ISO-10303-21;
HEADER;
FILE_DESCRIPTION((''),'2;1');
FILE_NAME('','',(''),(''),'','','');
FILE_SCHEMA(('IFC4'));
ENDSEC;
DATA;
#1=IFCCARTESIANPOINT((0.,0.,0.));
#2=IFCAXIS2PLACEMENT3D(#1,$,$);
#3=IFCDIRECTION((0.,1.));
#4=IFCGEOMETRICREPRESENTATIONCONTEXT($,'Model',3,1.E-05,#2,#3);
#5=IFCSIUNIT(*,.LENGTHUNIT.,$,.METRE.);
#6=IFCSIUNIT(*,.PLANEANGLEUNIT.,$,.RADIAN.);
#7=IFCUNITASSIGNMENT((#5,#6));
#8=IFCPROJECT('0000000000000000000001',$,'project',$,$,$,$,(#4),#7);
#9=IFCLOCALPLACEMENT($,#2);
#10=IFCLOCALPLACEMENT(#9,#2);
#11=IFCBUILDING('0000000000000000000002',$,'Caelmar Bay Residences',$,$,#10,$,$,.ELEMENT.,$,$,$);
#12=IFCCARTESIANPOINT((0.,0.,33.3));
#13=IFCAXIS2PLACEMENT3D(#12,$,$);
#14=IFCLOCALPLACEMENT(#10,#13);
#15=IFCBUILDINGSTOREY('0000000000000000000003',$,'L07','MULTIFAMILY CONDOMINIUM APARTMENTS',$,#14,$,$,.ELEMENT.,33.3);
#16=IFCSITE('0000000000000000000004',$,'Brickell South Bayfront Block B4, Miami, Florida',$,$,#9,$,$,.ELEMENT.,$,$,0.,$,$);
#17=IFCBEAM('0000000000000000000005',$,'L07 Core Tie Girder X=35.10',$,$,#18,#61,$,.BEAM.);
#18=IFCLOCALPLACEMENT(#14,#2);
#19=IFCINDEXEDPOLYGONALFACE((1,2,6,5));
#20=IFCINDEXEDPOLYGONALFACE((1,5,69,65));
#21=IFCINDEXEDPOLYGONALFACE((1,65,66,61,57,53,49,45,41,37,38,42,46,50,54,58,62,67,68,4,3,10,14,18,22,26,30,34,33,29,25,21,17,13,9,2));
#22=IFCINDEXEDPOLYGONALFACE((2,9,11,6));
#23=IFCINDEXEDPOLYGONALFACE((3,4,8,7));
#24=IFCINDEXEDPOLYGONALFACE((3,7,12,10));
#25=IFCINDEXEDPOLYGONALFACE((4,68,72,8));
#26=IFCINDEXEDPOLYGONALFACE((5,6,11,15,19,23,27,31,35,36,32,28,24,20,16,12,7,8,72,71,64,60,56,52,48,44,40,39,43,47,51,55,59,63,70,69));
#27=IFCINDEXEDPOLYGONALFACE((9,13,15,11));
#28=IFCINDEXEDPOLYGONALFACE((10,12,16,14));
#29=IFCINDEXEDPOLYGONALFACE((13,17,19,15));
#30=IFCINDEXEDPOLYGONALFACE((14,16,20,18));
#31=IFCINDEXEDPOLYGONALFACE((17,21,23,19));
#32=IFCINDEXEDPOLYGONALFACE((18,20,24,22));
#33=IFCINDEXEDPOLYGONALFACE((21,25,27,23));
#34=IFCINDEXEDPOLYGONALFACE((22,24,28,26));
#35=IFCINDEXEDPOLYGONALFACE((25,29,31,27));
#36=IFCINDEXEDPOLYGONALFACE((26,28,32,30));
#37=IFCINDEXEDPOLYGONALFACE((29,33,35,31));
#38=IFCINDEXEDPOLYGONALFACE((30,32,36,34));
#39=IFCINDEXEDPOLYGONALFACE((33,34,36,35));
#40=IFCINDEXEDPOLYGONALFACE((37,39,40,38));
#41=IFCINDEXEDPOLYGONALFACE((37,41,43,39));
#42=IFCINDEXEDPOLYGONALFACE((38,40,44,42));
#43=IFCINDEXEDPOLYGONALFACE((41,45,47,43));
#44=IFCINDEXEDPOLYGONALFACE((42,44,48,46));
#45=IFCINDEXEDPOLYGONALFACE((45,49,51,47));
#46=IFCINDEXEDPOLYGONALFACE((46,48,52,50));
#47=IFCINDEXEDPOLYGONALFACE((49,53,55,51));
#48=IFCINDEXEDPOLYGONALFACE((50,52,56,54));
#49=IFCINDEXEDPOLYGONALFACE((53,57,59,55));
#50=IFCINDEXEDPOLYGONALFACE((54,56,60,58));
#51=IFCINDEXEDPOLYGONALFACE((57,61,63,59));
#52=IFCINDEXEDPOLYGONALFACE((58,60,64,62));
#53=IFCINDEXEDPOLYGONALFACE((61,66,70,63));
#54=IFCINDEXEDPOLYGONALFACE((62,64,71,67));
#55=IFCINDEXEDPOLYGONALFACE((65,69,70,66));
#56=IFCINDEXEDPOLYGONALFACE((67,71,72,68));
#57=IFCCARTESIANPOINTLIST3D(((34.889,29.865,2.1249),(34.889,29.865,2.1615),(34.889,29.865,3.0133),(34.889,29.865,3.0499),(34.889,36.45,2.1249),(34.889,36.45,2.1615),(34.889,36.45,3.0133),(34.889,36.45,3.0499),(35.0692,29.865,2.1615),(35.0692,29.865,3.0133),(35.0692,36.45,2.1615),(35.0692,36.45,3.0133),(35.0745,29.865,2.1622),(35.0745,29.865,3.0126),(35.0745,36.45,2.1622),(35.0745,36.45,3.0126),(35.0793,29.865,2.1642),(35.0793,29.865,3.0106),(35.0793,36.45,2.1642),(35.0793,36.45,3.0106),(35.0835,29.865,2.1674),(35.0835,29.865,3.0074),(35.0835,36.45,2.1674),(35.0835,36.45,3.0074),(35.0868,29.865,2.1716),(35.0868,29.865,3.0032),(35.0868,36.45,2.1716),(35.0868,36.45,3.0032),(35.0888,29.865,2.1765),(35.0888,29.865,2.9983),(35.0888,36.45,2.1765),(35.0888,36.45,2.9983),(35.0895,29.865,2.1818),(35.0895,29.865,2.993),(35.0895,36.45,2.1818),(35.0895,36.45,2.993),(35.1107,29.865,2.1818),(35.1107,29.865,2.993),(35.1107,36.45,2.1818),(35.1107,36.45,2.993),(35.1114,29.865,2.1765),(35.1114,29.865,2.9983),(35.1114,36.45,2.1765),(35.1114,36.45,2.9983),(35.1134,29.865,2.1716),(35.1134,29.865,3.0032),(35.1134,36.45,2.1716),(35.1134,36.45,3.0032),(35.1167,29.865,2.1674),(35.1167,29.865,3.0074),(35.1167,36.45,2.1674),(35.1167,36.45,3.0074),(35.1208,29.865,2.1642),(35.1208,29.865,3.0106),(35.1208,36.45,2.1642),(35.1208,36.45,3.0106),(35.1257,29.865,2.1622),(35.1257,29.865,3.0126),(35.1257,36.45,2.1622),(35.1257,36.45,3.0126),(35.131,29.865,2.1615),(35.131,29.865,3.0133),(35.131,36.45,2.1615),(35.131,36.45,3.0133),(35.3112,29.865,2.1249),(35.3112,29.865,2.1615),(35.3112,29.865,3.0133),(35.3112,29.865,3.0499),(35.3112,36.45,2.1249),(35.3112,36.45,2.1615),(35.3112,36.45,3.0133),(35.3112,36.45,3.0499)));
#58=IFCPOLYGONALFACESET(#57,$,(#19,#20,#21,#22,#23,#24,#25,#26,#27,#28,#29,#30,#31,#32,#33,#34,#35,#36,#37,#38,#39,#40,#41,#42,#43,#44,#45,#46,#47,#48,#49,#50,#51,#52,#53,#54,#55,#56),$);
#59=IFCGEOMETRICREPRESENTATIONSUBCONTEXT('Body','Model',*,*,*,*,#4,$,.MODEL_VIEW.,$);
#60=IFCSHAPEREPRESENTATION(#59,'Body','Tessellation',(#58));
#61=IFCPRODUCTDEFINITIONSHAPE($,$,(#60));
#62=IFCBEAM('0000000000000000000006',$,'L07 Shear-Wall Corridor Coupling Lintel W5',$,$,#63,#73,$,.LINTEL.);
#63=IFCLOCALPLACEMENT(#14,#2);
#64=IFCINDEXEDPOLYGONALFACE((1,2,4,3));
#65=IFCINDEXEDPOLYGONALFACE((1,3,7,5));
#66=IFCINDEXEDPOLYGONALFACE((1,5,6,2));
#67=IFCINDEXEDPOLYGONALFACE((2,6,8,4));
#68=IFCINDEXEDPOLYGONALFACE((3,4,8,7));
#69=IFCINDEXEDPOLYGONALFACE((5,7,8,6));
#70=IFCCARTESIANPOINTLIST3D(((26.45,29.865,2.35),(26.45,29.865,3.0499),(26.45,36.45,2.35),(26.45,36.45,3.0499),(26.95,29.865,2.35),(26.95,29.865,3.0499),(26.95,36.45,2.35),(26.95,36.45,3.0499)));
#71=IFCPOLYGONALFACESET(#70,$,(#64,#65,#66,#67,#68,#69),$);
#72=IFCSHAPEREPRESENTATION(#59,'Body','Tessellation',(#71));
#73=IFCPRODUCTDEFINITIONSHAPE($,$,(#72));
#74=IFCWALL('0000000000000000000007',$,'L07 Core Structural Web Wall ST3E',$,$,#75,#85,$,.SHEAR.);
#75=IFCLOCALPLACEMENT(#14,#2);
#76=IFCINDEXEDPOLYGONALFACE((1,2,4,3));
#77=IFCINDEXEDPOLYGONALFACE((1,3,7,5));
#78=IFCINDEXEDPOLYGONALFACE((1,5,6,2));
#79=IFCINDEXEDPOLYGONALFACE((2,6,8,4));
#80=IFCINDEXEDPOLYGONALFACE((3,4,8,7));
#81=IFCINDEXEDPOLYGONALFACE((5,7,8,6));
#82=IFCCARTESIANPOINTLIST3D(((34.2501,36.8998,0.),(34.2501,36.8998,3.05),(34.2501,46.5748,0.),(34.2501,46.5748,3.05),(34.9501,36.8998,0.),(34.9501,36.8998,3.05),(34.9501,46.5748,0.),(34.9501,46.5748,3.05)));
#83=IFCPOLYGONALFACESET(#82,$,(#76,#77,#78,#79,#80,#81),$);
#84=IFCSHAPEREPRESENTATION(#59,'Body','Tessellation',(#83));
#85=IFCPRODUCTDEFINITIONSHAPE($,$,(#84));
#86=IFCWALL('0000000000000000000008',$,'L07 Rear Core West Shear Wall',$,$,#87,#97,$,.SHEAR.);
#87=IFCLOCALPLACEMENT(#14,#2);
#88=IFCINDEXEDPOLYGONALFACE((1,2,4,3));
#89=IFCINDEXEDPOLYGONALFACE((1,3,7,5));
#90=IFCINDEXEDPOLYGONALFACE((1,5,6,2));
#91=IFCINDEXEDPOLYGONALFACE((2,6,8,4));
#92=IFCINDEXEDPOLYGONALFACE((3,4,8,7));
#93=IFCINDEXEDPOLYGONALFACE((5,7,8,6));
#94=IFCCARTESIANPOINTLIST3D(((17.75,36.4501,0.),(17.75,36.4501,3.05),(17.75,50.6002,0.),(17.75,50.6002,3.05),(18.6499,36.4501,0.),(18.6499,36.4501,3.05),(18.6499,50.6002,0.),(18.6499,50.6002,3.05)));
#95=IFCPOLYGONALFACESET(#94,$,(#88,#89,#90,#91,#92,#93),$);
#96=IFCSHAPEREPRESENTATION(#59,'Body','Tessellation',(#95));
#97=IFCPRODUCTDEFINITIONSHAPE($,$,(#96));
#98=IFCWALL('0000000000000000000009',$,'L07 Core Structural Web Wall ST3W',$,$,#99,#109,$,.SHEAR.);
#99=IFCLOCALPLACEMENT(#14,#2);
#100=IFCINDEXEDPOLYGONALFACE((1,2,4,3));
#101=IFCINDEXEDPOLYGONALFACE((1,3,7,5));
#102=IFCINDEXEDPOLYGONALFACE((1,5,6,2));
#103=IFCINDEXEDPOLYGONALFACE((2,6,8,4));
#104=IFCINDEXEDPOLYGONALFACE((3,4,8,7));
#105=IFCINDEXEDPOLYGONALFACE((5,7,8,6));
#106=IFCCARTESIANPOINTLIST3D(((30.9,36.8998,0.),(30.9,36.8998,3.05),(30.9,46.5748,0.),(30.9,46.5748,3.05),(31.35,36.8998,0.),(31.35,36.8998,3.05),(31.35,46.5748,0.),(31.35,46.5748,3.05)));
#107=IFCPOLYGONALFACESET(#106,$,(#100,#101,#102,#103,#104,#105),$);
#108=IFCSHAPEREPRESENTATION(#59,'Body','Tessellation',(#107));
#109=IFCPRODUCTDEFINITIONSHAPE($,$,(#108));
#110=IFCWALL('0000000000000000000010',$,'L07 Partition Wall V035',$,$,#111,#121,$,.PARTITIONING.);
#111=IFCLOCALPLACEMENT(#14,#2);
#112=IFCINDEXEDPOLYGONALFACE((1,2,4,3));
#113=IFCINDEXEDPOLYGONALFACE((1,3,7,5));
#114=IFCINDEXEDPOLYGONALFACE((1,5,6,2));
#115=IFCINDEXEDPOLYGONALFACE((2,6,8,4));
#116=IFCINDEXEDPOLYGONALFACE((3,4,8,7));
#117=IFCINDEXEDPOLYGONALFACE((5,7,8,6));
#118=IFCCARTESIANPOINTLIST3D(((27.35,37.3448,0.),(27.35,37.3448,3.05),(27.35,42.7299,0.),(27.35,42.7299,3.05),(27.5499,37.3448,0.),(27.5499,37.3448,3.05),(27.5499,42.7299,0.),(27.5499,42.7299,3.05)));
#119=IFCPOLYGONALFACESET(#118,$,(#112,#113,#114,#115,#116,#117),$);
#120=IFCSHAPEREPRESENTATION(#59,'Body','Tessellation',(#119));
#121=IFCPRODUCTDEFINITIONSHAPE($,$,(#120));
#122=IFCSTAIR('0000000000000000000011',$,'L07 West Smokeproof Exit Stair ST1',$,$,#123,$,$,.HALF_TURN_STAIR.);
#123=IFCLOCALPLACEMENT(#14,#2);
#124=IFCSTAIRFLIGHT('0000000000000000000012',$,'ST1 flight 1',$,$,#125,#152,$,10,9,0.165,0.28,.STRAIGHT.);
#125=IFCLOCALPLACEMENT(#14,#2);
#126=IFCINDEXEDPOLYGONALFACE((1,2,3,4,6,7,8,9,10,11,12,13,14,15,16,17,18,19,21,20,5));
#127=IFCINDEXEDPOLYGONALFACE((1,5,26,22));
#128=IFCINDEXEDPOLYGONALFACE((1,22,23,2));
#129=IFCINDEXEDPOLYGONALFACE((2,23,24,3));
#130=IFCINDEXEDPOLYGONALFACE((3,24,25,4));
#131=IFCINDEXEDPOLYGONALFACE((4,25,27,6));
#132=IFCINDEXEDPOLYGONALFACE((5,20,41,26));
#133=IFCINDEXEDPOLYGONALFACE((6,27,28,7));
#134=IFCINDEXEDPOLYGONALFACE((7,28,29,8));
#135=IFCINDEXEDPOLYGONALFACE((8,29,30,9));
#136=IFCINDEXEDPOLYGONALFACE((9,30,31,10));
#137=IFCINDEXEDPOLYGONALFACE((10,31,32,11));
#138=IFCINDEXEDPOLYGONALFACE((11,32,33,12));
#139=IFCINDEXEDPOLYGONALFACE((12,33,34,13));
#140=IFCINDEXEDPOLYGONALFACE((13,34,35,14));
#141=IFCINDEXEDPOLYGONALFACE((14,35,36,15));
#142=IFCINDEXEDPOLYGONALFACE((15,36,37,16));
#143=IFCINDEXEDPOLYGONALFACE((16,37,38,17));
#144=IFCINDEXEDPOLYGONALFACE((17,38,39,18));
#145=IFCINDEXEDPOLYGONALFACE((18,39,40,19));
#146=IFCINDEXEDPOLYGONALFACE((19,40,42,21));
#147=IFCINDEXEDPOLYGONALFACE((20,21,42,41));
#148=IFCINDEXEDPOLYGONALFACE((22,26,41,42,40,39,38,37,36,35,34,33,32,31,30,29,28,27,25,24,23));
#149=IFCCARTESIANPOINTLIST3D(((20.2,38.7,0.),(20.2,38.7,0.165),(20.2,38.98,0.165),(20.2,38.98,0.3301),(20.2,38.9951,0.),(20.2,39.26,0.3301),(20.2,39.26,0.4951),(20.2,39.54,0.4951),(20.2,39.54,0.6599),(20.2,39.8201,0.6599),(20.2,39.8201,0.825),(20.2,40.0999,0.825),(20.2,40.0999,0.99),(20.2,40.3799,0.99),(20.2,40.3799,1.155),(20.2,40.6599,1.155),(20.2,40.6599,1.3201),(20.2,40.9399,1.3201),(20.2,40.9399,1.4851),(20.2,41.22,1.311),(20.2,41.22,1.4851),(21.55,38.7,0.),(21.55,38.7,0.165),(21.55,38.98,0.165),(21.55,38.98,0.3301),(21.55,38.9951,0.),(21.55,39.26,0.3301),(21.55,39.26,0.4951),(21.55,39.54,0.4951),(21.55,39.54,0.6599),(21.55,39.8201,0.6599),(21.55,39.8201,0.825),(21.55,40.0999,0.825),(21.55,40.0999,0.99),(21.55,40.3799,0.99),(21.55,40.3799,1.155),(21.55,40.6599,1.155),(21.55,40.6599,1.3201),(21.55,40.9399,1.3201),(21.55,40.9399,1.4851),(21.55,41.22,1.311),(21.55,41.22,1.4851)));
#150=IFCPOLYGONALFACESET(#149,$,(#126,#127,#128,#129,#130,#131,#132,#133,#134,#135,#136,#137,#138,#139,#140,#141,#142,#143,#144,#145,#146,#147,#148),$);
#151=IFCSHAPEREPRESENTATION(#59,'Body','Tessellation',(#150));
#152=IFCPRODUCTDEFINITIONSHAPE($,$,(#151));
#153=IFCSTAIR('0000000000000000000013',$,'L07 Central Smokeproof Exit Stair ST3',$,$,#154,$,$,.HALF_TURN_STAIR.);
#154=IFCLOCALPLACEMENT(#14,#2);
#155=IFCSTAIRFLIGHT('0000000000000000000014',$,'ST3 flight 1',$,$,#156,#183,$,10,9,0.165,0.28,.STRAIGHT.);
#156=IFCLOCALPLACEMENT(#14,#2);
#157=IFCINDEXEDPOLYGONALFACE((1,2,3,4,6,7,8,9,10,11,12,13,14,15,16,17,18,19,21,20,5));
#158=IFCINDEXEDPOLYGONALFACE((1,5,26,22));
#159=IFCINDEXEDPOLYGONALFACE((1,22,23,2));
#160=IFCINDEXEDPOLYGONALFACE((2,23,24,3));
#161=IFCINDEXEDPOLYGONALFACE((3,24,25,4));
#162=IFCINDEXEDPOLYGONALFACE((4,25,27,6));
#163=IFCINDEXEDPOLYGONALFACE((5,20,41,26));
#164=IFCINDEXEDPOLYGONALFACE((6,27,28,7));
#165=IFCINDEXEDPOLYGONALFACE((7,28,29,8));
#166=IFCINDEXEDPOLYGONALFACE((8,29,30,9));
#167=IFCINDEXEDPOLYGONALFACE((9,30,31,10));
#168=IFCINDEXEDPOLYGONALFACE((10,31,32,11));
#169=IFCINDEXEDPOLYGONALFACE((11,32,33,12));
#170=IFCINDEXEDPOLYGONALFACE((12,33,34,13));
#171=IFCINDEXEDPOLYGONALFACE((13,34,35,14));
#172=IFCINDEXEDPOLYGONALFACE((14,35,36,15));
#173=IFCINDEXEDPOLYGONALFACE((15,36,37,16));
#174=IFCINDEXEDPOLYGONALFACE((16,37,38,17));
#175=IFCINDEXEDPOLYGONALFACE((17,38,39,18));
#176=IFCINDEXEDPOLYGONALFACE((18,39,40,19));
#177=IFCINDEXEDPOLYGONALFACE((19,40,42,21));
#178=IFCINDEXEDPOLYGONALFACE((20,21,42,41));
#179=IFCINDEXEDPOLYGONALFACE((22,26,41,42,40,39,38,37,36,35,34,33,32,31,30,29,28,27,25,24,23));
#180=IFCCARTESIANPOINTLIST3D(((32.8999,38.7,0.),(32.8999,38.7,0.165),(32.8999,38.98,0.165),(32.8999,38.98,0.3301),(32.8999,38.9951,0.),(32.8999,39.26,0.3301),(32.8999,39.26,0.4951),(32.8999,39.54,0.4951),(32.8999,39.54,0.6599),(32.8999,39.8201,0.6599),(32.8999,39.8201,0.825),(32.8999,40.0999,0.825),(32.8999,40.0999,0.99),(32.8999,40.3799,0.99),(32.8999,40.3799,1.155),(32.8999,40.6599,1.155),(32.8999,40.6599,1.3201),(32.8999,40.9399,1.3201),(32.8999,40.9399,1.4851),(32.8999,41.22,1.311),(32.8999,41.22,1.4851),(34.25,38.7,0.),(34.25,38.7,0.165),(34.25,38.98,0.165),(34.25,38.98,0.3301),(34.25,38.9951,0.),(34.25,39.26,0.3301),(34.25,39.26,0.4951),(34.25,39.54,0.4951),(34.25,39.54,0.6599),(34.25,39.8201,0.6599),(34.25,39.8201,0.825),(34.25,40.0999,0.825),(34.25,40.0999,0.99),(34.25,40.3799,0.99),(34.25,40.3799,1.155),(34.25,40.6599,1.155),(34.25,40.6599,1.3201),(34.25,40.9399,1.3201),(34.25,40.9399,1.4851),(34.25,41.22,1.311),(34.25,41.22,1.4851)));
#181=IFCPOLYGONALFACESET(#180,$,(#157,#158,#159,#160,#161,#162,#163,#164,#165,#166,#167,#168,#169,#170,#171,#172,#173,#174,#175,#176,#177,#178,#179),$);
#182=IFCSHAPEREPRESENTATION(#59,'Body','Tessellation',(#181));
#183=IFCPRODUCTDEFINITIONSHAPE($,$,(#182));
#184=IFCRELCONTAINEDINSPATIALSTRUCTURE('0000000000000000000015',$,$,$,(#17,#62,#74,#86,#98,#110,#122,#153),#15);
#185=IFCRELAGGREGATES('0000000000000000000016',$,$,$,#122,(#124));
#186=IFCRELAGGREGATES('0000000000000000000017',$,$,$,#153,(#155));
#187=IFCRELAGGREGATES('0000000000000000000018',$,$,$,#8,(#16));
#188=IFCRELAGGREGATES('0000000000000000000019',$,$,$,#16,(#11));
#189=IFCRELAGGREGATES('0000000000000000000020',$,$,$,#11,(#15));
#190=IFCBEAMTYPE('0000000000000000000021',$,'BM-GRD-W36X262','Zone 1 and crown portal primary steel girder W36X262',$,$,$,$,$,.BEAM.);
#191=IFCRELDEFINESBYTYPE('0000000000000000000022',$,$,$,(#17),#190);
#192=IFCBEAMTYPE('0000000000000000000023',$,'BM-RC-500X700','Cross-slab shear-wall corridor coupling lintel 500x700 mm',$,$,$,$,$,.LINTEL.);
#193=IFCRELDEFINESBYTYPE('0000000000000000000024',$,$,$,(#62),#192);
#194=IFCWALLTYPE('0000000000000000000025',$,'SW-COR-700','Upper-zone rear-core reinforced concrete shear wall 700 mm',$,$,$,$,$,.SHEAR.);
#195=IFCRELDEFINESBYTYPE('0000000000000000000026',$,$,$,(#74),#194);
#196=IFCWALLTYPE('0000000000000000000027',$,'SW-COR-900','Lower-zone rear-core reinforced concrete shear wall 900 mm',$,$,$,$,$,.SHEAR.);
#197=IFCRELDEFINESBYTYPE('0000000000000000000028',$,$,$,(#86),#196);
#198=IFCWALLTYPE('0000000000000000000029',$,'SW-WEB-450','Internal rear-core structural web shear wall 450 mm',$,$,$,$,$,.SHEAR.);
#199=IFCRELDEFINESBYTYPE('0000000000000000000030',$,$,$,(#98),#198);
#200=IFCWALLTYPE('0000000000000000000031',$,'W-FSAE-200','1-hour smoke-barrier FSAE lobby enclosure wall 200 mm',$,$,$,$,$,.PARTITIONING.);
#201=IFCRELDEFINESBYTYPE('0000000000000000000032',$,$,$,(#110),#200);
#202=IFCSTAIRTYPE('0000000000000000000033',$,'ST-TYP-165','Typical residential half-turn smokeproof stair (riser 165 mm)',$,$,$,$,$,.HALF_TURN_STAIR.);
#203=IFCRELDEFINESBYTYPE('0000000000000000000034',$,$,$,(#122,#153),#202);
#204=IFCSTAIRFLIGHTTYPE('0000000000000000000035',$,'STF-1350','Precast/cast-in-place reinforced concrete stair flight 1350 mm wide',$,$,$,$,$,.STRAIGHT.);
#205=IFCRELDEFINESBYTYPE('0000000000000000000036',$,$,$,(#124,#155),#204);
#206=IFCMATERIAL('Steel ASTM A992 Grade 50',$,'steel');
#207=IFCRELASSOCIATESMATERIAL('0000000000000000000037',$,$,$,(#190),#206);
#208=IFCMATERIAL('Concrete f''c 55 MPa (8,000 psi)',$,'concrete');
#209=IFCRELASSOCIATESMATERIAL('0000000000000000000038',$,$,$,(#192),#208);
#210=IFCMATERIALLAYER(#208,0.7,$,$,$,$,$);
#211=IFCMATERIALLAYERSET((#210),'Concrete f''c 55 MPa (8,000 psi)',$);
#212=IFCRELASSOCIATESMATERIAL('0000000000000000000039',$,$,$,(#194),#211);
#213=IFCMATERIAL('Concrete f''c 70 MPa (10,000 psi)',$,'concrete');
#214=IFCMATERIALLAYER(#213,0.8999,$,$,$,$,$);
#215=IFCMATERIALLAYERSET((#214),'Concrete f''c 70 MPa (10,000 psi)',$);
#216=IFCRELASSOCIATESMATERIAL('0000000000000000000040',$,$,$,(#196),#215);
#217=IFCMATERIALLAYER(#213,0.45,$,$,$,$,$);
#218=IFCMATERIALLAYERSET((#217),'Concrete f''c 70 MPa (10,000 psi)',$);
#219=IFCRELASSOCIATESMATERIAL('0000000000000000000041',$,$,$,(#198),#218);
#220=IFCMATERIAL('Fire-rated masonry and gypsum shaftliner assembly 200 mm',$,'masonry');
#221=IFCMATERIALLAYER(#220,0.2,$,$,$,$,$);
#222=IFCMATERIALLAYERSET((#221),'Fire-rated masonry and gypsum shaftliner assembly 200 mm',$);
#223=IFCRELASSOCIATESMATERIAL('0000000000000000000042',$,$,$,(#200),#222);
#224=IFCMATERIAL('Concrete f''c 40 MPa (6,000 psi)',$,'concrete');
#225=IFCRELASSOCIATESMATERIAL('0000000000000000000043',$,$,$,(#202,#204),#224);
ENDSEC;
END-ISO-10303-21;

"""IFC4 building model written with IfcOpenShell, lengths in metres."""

from ifc_helpers import new_model, si_unit, direction, frame, frame_2d, origin, origin_2d, place, context, subcontext, project, spatial, polyline, rectangle, i_section, outline, extrude, material, layer, layer_set, material_profile, profile_set, type_object, element, aggregate, save


model = new_model("IFC4")

# Units and contexts
model_context = context("Model", 3, precision=1e-05, world=origin(), true_north=direction((0.0, 1.0)))
body_context = subcontext(model_context, "Body", "Model", "MODEL_VIEW")
ifc_project = project(units=[si_unit("LENGTHUNIT", "METRE"), si_unit("PLANEANGLEUNIT", "RADIAN")], contexts=[model_context])

# Site, building, storey
site_placement = place(None, origin())
site = spatial("IfcSite", under=ifc_project, at=site_placement, Name="Brickell South Bayfront Block B4, Miami, Florida", CompositionType="ELEMENT", RefElevation=0.0)
building_placement = place(site_placement, origin())
building = spatial("IfcBuilding", under=site, at=building_placement, Name="Caelmar Bay Residences", CompositionType="ELEMENT")
storey_placement = place(building_placement, frame((0.0, 0.0, 33.3)))
storey = spatial("IfcBuildingStorey", under=building, at=storey_placement, Name="L07", Description="MULTIFAMILY CONDOMINIUM APARTMENTS", CompositionType="ELEMENT", Elevation=33.3)

# Beams
ifc_material_1 = material(Name="Steel ASTM A992 Grade 50", Category="steel")
ifc_material_profile_1 = material_profile(ifc_material_1, i_section(OverallWidth=0.4221, OverallDepth=0.925, WebThickness=0.0212, FlangeThickness=0.0366, FilletRadius=0.0203, at=origin_2d()), Name="W36X262")
ifc_profile_set_1 = profile_set([ifc_material_profile_1], Name="Steel ASTM A992 Grade 50")
beam_type_1 = type_object("IfcBeamType", Name="BM-GRD-W36X262", Description="Zone 1 and crown portal primary steel girder W36X262", PredefinedType="BEAM", material=ifc_profile_set_1)
beam_1_placement = place(storey_placement, frame((35.1001, 29.865, 2.5874), z_axis=(0.0, 1.0, 0.0), x_axis=(-1.0, 0.0, 0.0)))
element("IfcBeam", 1, at=beam_1_placement, inside=storey, type_object=beam_type_1, Name="L07 Core Tie Girder X=35.10", PredefinedType="BEAM", context=body_context, shape_type="SweptSolid", body=[
    extrude(i_section(OverallWidth=0.4221, OverallDepth=0.925, WebThickness=0.0212, FlangeThickness=0.0366, FilletRadius=0.0203, at=origin_2d()), origin(), (0.0, 0.0, 1.0), 6.585),
])
ifc_material_2 = material(Name="Concrete f'c 55 MPa (8,000 psi)", Category="concrete")
ifc_material_profile_2 = material_profile(ifc_material_2, rectangle(XDim=0.5, YDim=0.7, at=origin_2d()), Name="RC-BM-500X700")
ifc_profile_set_2 = profile_set([ifc_material_profile_2], Name="Concrete f'c 55 MPa (8,000 psi)")
beam_type_2 = type_object("IfcBeamType", Name="BM-RC-500X700", Description="Cross-slab shear-wall corridor coupling lintel 500x700 mm", PredefinedType="LINTEL", material=ifc_profile_set_2)
beam_2_placement = place(storey_placement, frame((26.7, 29.865, 2.7), z_axis=(0.0, 1.0, 0.0), x_axis=(-1.0, 0.0, 0.0)))
element("IfcBeam", 2, at=beam_2_placement, inside=storey, type_object=beam_type_2, Name="L07 Shear-Wall Corridor Coupling Lintel W5", PredefinedType="LINTEL", context=body_context, shape_type="SweptSolid", body=[
    extrude(rectangle(XDim=0.5, YDim=0.7, at=origin_2d()), origin(), (0.0, 0.0, 1.0), 6.585),
])

# Shared definitions
ifc_layer_1 = layer(ifc_material_2, 0.7)
ifc_layer_set_1 = layer_set([ifc_layer_1], Name="Concrete f'c 55 MPa (8,000 psi)")
wall_type_1 = type_object("IfcWallType", Name="SW-COR-700", Description="Upper-zone rear-core reinforced concrete shear wall 700 mm", PredefinedType="SHEAR", material=ifc_layer_set_1)

# Walls
wall_1_placement = place(storey_placement, frame((34.6001, 36.8999, 0.0), z_axis=(0.0, 0.0, 1.0), x_axis=(0.0, 1.0, 0.0)))
element("IfcWall", 3, at=wall_1_placement, inside=storey, type_object=wall_type_1, Name="L07 Core Structural Web Wall ST3E", PredefinedType="SHEAR", context=body_context, shape_type="SweptSolid", body=[
    extrude(rectangle(XDim=9.675, YDim=0.7, at=frame_2d((4.8374, 0.0))), origin(), (0.0, 0.0, 1.0), 3.05),
])
ifc_material_3 = material(Name="Concrete f'c 70 MPa (10,000 psi)", Category="concrete")
ifc_layer_2 = layer(ifc_material_3, 0.8999)
ifc_layer_set_2 = layer_set([ifc_layer_2], Name="Concrete f'c 70 MPa (10,000 psi)")
wall_type_2 = type_object("IfcWallType", Name="SW-COR-900", Description="Lower-zone rear-core reinforced concrete shear wall 900 mm", PredefinedType="SHEAR", material=ifc_layer_set_2)
wall_2_placement = place(storey_placement, frame((18.2, 36.45, 0.0), z_axis=(0.0, 0.0, 1.0), x_axis=(0.0, 1.0, 0.0)))
element("IfcWall", 4, at=wall_2_placement, inside=storey, type_object=wall_type_2, Name="L07 Rear Core West Shear Wall", PredefinedType="SHEAR", context=body_context, shape_type="SweptSolid", body=[
    extrude(rectangle(XDim=14.1501, YDim=0.8999, at=frame_2d((7.0752, 0.0))), origin(), (0.0, 0.0, 1.0), 3.05),
])
ifc_layer_3 = layer(ifc_material_3, 0.45)
ifc_layer_set_3 = layer_set([ifc_layer_3], Name="Concrete f'c 70 MPa (10,000 psi)")
wall_type_3 = type_object("IfcWallType", Name="SW-WEB-450", Description="Internal rear-core structural web shear wall 450 mm", PredefinedType="SHEAR", material=ifc_layer_set_3)
wall_3_placement = place(storey_placement, frame((31.125, 36.8999, 0.0), z_axis=(0.0, 0.0, 1.0), x_axis=(0.0, 1.0, 0.0)))
element("IfcWall", 5, at=wall_3_placement, inside=storey, type_object=wall_type_3, Name="L07 Core Structural Web Wall ST3W", PredefinedType="SHEAR", context=body_context, shape_type="SweptSolid", body=[
    extrude(rectangle(XDim=9.675, YDim=0.45, at=frame_2d((4.8374, 0.0))), origin(), (0.0, 0.0, 1.0), 3.05),
])
ifc_material_4 = material(Name="Fire-rated masonry and gypsum shaftliner assembly 200 mm", Category="masonry")
ifc_layer_4 = layer(ifc_material_4, 0.2)
ifc_layer_set_4 = layer_set([ifc_layer_4], Name="Fire-rated masonry and gypsum shaftliner assembly 200 mm")
wall_type_4 = type_object("IfcWallType", Name="W-FSAE-200", Description="1-hour smoke-barrier FSAE lobby enclosure wall 200 mm", PredefinedType="PARTITIONING", material=ifc_layer_set_4)
wall_4_placement = place(storey_placement, frame((27.45, 37.345, 0.0), z_axis=(0.0, 0.0, 1.0), x_axis=(0.0, 1.0, 0.0)))
element("IfcWall", 6, at=wall_4_placement, inside=storey, type_object=wall_type_4, Name="L07 Partition Wall V035", PredefinedType="PARTITIONING", context=body_context, shape_type="SweptSolid", body=[
    extrude(rectangle(XDim=5.385, YDim=0.2, at=frame_2d((2.6924, 0.0))), origin(), (0.0, 0.0, 1.0), 3.05),
])

# Stairs, stair flights
ifc_material_5 = material(Name="Concrete f'c 40 MPa (6,000 psi)", Category="concrete")
stair_type = type_object("IfcStairType", Name="ST-TYP-165", Description="Typical residential half-turn smokeproof stair (riser 165 mm)", PredefinedType="HALF_TURN_STAIR", material=ifc_material_5)
stair_1_placement = place(storey_placement, origin())
stair_1 = element("IfcStair", 7, at=stair_1_placement, inside=storey, type_object=stair_type, Name="L07 West Smokeproof Exit Stair ST1", PredefinedType="HALF_TURN_STAIR")
stair_flight_type = type_object("IfcStairFlightType", Name="STF-1350", Description="Precast/cast-in-place reinforced concrete stair flight 1350 mm wide", PredefinedType="STRAIGHT", material=ifc_material_5)
stair_flight_1_placement = place(storey_placement, frame((20.875, 38.7, 0.0), z_axis=(0.0, 0.0, 1.0), x_axis=(0.0, 1.0, 0.0)))
stair_flight_1 = element("IfcStairFlight", 8, at=stair_flight_1_placement, type_object=stair_flight_type, Name="ST1 flight 1", NumberOfRisers=10, NumberOfTreads=9, PredefinedType="STRAIGHT", RiserHeight=0.165, TreadLength=0.28, context=body_context, shape_type="SweptSolid", body=[
    extrude(outline(polyline([(0.0, 0.0), (0.0, 0.165), (0.28, 0.165), (0.28, 0.3301), (0.5601, 0.3301), (0.5601, 0.4951), (0.8401, 0.4951), (0.8401, 0.6599), (1.1201, 0.6599), (1.1201, 0.825), (1.3999, 0.825), (1.3999, 0.99), (1.6799, 0.99), (1.6799, 1.155), (1.96, 1.155), (1.96, 1.3201), (2.24, 1.3201), (2.24, 1.4851), (2.52, 1.4851), (2.52, 1.6499), (2.52, 1.311), (0.2952, 0.0), (0.0, 0.0)])), frame((0.0, 0.675, 0.0), z_axis=(0.0, -1.0, 0.0), x_axis=(1.0, 0.0, 0.0)), (0.0, 0.0, 1.0), 1.3501),
])
aggregate(stair_1, [stair_flight_1])
stair_2_placement = place(storey_placement, origin())
stair_2 = element("IfcStair", 9, at=stair_2_placement, inside=storey, type_object=stair_type, Name="L07 Central Smokeproof Exit Stair ST3", PredefinedType="HALF_TURN_STAIR")
stair_flight_2_placement = place(storey_placement, frame((33.575, 38.7, 0.0), z_axis=(0.0, 0.0, 1.0), x_axis=(0.0, 1.0, 0.0)))
stair_flight_2 = element("IfcStairFlight", 10, at=stair_flight_2_placement, type_object=stair_flight_type, Name="ST3 flight 1", NumberOfRisers=10, NumberOfTreads=9, PredefinedType="STRAIGHT", RiserHeight=0.165, TreadLength=0.28, context=body_context, shape_type="SweptSolid", body=[
    extrude(outline(polyline([(0.0, 0.0), (0.0, 0.165), (0.28, 0.165), (0.28, 0.3301), (0.5601, 0.3301), (0.5601, 0.4951), (0.8401, 0.4951), (0.8401, 0.6599), (1.1201, 0.6599), (1.1201, 0.825), (1.3999, 0.825), (1.3999, 0.99), (1.6799, 0.99), (1.6799, 1.155), (1.96, 1.155), (1.96, 1.3201), (2.24, 1.3201), (2.24, 1.4851), (2.52, 1.4851), (2.52, 1.6499), (2.52, 1.311), (0.2952, 0.0), (0.0, 0.0)])), frame((0.0, 0.675, 0.0), z_axis=(0.0, -1.0, 0.0), x_axis=(1.0, 0.0, 0.0)), (0.0, 0.0, 1.0), 1.3501),
])
aggregate(stair_2, [stair_flight_2])

save(model, "model.ifc")
